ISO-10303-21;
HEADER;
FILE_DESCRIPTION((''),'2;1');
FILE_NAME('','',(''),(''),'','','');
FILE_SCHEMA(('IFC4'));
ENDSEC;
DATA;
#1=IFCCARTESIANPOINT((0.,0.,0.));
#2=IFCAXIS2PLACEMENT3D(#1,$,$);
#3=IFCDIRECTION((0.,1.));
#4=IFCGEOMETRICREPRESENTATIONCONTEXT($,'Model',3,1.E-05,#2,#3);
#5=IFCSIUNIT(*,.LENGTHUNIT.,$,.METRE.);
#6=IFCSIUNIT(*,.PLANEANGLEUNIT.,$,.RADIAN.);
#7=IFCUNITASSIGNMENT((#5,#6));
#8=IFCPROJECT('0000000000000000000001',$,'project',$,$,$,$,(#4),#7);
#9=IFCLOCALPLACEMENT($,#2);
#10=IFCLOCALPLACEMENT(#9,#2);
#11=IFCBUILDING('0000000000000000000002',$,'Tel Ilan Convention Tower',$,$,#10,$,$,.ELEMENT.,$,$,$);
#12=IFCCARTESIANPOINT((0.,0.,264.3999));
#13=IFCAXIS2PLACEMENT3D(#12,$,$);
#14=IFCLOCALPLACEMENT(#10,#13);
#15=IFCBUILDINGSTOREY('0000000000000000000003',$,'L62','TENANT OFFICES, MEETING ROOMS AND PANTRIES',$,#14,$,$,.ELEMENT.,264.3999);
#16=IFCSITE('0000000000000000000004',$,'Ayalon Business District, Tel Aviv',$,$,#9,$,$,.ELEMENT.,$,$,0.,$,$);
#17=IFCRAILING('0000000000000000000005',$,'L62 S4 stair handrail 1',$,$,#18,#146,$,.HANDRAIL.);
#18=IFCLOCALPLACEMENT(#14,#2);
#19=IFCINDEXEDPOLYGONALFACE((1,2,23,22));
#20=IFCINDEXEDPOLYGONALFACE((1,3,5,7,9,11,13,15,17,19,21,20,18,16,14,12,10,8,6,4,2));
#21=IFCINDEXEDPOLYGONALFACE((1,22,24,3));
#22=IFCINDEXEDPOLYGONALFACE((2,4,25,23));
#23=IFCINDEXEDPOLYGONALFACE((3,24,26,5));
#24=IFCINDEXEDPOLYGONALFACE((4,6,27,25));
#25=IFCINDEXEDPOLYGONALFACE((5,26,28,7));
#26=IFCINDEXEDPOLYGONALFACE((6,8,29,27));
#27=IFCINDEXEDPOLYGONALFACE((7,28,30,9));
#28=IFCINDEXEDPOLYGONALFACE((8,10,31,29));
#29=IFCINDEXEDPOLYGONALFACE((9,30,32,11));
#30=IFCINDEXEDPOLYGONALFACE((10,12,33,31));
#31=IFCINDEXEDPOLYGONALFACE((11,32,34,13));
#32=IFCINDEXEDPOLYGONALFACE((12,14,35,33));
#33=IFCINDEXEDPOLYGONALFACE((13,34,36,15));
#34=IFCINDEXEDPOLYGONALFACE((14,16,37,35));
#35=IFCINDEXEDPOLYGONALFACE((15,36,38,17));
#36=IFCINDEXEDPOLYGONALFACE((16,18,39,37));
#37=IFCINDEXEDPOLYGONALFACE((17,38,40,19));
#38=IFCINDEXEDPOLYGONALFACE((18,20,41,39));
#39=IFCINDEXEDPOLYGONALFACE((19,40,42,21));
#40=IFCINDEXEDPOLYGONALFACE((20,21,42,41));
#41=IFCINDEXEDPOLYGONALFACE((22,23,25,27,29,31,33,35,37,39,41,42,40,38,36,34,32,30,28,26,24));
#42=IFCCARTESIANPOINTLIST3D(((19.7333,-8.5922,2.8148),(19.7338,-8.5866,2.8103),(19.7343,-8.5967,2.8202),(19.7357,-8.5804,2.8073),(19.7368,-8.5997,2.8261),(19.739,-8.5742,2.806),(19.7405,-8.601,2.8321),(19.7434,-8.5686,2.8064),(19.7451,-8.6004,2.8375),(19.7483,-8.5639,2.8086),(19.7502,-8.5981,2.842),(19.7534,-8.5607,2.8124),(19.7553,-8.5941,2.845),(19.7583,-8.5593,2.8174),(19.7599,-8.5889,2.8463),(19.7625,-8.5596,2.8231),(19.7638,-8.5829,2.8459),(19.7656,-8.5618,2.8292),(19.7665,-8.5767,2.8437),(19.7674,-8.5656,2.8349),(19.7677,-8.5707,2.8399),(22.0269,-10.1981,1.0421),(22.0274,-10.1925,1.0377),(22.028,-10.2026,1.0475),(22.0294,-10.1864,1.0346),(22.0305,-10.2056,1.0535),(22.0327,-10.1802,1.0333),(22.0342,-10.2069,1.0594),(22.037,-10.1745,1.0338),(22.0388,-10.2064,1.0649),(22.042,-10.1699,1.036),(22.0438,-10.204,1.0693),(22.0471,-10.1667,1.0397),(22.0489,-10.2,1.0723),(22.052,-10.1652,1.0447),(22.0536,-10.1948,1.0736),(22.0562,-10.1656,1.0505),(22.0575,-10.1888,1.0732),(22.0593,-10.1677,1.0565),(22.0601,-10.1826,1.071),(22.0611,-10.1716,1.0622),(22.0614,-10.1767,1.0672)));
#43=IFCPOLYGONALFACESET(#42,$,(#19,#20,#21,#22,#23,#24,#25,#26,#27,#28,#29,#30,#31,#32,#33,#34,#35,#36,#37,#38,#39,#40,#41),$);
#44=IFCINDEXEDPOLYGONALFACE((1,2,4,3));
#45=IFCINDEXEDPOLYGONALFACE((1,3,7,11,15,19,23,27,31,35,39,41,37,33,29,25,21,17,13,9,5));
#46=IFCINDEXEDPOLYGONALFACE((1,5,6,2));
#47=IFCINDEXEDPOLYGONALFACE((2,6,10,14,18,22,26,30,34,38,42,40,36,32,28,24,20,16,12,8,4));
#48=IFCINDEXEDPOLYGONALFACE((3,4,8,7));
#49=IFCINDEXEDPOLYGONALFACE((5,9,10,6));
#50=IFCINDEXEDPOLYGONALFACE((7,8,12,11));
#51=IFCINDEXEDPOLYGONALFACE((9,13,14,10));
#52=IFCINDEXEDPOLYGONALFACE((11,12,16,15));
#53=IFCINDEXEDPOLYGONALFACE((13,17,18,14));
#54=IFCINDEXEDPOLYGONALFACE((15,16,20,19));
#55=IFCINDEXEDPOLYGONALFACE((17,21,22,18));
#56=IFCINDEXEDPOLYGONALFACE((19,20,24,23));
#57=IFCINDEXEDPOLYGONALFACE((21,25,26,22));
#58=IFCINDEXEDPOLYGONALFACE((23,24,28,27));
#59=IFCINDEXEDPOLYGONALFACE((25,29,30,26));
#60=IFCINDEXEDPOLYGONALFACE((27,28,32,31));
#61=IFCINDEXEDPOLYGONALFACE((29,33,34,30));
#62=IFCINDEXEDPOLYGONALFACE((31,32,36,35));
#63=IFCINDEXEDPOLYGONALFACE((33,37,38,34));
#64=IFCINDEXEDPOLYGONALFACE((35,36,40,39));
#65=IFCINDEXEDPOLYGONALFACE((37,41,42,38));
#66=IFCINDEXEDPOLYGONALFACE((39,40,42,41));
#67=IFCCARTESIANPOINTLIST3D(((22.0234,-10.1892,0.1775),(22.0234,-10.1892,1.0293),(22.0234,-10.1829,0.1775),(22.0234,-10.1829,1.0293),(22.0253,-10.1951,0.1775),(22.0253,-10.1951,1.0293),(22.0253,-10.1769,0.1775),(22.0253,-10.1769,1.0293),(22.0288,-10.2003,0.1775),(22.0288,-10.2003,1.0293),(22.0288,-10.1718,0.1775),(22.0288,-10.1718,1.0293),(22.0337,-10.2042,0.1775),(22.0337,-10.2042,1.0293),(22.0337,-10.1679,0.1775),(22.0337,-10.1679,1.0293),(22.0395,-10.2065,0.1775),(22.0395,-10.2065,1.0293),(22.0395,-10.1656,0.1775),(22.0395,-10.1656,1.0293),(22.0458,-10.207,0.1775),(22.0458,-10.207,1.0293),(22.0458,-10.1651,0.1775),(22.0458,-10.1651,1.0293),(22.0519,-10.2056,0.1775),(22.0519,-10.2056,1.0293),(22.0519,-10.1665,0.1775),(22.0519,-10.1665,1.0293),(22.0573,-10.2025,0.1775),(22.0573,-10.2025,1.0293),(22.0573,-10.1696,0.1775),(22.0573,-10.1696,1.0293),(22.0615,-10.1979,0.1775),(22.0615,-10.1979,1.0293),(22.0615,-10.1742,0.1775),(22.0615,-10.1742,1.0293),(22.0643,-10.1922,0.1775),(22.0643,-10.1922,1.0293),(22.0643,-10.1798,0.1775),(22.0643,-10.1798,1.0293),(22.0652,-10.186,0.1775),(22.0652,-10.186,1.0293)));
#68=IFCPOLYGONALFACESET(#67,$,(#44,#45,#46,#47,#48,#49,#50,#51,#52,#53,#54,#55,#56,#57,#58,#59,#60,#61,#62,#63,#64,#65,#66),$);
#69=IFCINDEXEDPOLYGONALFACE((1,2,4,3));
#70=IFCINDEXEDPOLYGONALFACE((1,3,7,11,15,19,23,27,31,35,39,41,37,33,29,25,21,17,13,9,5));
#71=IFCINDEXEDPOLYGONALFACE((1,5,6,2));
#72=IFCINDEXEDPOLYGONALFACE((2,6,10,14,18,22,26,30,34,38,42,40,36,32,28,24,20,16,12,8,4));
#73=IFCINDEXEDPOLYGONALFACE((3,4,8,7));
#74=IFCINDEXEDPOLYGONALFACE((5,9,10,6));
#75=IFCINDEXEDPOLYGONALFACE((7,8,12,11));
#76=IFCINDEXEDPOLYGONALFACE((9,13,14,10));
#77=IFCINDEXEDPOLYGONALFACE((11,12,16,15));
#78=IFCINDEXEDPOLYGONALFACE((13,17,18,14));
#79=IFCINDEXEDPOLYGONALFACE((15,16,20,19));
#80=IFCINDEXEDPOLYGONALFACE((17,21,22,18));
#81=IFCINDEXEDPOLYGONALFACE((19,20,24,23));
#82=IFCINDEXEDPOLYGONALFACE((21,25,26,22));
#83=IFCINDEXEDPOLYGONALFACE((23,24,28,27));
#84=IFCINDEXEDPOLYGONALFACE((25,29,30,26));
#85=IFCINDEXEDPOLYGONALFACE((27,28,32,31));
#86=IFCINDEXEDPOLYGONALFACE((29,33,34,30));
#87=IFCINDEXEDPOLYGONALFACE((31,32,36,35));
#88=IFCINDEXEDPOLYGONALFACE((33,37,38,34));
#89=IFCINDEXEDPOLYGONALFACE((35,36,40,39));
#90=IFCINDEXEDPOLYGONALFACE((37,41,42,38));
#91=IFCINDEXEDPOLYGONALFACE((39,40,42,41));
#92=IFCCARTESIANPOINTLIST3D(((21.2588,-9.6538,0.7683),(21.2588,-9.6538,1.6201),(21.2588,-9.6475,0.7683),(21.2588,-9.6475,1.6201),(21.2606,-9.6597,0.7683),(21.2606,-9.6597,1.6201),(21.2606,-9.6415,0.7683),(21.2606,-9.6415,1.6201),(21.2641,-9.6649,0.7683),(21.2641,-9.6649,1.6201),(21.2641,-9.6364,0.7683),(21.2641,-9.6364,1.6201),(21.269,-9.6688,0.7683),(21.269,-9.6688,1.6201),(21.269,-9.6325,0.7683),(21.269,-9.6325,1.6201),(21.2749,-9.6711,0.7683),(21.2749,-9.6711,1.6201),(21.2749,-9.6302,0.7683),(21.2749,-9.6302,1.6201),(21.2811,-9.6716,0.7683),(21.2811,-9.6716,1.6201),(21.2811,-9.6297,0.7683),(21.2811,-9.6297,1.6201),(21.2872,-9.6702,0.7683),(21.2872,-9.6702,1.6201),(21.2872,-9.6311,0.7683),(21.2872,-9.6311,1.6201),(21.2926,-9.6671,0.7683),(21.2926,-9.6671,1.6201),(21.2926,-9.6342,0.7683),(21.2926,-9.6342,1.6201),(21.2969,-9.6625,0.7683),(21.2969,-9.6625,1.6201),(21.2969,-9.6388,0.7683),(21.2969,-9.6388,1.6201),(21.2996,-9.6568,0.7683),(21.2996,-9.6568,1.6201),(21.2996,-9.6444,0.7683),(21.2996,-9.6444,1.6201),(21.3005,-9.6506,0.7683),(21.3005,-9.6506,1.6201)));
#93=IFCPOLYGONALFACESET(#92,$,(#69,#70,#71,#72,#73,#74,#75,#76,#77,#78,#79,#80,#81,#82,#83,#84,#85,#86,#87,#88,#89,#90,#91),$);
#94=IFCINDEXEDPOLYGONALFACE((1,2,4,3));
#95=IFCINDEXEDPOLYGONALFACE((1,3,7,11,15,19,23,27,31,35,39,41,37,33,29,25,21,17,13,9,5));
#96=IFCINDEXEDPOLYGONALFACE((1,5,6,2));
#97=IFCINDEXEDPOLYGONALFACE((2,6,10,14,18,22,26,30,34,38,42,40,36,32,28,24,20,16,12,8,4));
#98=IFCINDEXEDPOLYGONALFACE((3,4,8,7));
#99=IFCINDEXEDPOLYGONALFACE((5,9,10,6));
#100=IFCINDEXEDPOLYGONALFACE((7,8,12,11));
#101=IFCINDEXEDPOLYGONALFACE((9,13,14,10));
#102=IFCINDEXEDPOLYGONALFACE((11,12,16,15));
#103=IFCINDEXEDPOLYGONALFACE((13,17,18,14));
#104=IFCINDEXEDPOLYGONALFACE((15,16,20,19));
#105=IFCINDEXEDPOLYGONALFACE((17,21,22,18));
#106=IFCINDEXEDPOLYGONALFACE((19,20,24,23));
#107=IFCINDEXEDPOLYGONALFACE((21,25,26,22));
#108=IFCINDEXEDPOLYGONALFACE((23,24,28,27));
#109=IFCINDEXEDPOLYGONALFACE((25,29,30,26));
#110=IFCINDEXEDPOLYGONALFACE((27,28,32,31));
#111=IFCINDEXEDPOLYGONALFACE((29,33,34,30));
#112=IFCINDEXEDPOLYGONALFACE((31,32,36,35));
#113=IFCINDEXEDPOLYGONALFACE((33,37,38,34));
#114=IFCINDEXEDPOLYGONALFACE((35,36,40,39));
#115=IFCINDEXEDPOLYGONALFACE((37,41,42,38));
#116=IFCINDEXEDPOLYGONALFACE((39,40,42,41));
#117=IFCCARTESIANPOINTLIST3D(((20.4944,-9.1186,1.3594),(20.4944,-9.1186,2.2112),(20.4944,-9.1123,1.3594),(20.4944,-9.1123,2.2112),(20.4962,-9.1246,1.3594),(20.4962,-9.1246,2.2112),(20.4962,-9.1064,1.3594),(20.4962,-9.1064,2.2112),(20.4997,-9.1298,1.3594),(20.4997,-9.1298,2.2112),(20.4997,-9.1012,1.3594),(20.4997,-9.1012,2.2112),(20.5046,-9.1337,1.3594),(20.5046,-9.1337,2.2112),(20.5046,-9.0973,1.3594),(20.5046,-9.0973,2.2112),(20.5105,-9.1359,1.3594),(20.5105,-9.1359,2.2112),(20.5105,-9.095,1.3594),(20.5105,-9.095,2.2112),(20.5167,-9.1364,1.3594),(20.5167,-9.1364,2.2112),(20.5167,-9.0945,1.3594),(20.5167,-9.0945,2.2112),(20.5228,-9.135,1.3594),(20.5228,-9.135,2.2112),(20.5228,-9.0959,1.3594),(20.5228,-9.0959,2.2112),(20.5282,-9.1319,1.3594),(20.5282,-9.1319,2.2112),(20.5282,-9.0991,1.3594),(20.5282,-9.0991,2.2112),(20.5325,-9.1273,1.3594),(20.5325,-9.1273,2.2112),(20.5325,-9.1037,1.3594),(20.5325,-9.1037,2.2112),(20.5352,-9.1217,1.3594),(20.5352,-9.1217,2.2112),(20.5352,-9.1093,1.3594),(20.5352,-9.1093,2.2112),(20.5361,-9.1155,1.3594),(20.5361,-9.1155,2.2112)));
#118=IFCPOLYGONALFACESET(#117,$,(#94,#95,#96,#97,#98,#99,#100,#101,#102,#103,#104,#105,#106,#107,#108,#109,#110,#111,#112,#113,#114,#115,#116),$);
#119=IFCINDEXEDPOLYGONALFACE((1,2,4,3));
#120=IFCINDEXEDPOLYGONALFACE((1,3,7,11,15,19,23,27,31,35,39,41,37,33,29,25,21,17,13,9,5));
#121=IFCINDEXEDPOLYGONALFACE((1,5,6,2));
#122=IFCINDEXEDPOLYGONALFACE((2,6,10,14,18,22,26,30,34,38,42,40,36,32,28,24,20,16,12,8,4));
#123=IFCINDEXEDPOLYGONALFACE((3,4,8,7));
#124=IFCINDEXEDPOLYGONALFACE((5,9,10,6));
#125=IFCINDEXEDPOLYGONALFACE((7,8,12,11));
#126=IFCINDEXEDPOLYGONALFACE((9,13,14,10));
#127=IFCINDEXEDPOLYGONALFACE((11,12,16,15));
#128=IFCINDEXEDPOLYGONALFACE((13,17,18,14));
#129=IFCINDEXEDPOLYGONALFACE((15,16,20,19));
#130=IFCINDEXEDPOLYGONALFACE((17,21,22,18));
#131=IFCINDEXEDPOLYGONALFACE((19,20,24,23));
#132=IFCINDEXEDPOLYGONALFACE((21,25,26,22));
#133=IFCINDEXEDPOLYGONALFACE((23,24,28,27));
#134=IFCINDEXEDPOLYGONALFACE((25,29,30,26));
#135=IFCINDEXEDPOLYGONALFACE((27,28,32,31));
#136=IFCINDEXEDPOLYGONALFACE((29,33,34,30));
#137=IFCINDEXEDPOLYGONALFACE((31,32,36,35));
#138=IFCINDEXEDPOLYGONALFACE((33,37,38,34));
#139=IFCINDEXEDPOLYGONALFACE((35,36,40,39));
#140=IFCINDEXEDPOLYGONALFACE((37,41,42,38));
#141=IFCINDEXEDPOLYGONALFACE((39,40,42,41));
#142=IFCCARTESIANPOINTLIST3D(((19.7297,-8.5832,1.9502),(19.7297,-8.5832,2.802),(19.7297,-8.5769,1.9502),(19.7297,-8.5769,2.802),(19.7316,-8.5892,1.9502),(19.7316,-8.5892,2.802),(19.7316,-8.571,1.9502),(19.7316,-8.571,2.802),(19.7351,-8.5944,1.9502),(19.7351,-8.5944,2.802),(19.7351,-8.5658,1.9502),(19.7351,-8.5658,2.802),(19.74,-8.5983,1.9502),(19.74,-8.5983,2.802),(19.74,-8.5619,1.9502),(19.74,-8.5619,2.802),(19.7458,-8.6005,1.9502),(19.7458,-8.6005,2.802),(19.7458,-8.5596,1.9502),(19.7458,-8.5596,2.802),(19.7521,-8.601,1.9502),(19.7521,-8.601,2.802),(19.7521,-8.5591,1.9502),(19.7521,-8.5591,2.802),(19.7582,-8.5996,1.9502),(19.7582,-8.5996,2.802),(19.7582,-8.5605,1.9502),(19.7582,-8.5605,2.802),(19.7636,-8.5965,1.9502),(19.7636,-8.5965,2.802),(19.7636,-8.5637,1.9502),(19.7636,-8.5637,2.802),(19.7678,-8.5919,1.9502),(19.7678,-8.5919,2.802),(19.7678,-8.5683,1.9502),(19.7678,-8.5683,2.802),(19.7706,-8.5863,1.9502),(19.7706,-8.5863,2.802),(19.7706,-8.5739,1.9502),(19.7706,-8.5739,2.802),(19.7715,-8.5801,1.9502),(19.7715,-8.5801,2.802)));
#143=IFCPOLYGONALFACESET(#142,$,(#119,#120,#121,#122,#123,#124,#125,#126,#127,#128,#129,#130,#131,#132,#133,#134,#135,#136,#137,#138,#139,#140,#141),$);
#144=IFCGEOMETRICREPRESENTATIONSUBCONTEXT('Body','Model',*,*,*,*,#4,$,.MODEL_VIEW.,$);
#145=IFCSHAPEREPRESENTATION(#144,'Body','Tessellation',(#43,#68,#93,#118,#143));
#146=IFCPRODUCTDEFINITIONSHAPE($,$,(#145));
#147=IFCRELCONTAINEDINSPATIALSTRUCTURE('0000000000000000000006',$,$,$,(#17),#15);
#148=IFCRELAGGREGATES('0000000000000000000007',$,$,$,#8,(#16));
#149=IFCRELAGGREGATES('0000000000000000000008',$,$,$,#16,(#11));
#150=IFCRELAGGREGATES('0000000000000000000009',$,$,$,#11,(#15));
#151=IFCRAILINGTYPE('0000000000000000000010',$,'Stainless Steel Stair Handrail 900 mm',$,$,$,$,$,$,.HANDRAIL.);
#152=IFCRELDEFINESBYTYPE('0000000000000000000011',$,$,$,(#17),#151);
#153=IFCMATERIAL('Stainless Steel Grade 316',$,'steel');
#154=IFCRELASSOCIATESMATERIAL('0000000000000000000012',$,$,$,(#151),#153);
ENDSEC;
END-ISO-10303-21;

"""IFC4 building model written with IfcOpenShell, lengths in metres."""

from ifc_helpers import new_model, si_unit, direction, frame, origin, origin_2d, place, context, subcontext, project, spatial, circle, extrude, material, type_object, element, save


model = new_model("IFC4")

# Units and contexts
model_context = context("Model", 3, precision=1e-05, world=origin(), true_north=direction((0.0, 1.0)))
body_context = subcontext(model_context, "Body", "Model", "MODEL_VIEW")
ifc_project = project(units=[si_unit("LENGTHUNIT", "METRE"), si_unit("PLANEANGLEUNIT", "RADIAN")], contexts=[model_context])

# Site, building, storey
site_placement = place(None, origin())
site = spatial("IfcSite", under=ifc_project, at=site_placement, Name="Ayalon Business District, Tel Aviv", CompositionType="ELEMENT", RefElevation=0.0)
building_placement = place(site_placement, origin())
building = spatial("IfcBuilding", under=site, at=building_placement, Name="Tel Ilan Convention Tower", CompositionType="ELEMENT")
storey_placement = place(building_placement, frame((0.0, 0.0, 264.3999)))
storey = spatial("IfcBuildingStorey", under=building, at=storey_placement, Name="L62", Description="TENANT OFFICES, MEETING ROOMS AND PANTRIES", CompositionType="ELEMENT", Elevation=264.3999)

# Railing
ifc_material_1 = material(Name="Stainless Steel Grade 316", Category="steel")
railing_type_1 = type_object("IfcRailingType", Name="Stainless Steel Stair Handrail 900 mm", PredefinedType="HANDRAIL", material=ifc_material_1)
railing_1_placement = place(storey_placement, frame((22.0442, -10.186, 0.1775)))
element("IfcRailing", 1, at=railing_1_placement, inside=storey, type_object=railing_type_1, Name="L62 S4 stair handrail 1", PredefinedType="HANDRAIL", context=body_context, shape_type="SweptSolid", body=[
    extrude(circle(Radius=0.0239, at=origin_2d()), frame((0.0, 0.0, 0.876), z_axis=(-0.692123, 0.484597, 0.534913), x_axis=(-0.57355, -0.81917, 0.0)), (0.0, 0.0, 1.0), 3.314),
    extrude(circle(Radius=0.021, at=origin_2d()), origin(), (0.0, 0.0, 1.0), 0.8518),
    extrude(circle(Radius=0.021, at=origin_2d()), frame((-0.7646, 0.5354, 0.5908)), (0.0, 0.0, 1.0), 0.8518),
    extrude(circle(Radius=0.021, at=origin_2d()), frame((-1.5291, 1.0706, 1.1819)), (0.0, 0.0, 1.0), 0.8518),
    extrude(circle(Radius=0.021, at=origin_2d()), frame((-2.2937, 1.606, 1.7727)), (0.0, 0.0, 1.0), 0.8518),
])

save(model, "model.ifc")
